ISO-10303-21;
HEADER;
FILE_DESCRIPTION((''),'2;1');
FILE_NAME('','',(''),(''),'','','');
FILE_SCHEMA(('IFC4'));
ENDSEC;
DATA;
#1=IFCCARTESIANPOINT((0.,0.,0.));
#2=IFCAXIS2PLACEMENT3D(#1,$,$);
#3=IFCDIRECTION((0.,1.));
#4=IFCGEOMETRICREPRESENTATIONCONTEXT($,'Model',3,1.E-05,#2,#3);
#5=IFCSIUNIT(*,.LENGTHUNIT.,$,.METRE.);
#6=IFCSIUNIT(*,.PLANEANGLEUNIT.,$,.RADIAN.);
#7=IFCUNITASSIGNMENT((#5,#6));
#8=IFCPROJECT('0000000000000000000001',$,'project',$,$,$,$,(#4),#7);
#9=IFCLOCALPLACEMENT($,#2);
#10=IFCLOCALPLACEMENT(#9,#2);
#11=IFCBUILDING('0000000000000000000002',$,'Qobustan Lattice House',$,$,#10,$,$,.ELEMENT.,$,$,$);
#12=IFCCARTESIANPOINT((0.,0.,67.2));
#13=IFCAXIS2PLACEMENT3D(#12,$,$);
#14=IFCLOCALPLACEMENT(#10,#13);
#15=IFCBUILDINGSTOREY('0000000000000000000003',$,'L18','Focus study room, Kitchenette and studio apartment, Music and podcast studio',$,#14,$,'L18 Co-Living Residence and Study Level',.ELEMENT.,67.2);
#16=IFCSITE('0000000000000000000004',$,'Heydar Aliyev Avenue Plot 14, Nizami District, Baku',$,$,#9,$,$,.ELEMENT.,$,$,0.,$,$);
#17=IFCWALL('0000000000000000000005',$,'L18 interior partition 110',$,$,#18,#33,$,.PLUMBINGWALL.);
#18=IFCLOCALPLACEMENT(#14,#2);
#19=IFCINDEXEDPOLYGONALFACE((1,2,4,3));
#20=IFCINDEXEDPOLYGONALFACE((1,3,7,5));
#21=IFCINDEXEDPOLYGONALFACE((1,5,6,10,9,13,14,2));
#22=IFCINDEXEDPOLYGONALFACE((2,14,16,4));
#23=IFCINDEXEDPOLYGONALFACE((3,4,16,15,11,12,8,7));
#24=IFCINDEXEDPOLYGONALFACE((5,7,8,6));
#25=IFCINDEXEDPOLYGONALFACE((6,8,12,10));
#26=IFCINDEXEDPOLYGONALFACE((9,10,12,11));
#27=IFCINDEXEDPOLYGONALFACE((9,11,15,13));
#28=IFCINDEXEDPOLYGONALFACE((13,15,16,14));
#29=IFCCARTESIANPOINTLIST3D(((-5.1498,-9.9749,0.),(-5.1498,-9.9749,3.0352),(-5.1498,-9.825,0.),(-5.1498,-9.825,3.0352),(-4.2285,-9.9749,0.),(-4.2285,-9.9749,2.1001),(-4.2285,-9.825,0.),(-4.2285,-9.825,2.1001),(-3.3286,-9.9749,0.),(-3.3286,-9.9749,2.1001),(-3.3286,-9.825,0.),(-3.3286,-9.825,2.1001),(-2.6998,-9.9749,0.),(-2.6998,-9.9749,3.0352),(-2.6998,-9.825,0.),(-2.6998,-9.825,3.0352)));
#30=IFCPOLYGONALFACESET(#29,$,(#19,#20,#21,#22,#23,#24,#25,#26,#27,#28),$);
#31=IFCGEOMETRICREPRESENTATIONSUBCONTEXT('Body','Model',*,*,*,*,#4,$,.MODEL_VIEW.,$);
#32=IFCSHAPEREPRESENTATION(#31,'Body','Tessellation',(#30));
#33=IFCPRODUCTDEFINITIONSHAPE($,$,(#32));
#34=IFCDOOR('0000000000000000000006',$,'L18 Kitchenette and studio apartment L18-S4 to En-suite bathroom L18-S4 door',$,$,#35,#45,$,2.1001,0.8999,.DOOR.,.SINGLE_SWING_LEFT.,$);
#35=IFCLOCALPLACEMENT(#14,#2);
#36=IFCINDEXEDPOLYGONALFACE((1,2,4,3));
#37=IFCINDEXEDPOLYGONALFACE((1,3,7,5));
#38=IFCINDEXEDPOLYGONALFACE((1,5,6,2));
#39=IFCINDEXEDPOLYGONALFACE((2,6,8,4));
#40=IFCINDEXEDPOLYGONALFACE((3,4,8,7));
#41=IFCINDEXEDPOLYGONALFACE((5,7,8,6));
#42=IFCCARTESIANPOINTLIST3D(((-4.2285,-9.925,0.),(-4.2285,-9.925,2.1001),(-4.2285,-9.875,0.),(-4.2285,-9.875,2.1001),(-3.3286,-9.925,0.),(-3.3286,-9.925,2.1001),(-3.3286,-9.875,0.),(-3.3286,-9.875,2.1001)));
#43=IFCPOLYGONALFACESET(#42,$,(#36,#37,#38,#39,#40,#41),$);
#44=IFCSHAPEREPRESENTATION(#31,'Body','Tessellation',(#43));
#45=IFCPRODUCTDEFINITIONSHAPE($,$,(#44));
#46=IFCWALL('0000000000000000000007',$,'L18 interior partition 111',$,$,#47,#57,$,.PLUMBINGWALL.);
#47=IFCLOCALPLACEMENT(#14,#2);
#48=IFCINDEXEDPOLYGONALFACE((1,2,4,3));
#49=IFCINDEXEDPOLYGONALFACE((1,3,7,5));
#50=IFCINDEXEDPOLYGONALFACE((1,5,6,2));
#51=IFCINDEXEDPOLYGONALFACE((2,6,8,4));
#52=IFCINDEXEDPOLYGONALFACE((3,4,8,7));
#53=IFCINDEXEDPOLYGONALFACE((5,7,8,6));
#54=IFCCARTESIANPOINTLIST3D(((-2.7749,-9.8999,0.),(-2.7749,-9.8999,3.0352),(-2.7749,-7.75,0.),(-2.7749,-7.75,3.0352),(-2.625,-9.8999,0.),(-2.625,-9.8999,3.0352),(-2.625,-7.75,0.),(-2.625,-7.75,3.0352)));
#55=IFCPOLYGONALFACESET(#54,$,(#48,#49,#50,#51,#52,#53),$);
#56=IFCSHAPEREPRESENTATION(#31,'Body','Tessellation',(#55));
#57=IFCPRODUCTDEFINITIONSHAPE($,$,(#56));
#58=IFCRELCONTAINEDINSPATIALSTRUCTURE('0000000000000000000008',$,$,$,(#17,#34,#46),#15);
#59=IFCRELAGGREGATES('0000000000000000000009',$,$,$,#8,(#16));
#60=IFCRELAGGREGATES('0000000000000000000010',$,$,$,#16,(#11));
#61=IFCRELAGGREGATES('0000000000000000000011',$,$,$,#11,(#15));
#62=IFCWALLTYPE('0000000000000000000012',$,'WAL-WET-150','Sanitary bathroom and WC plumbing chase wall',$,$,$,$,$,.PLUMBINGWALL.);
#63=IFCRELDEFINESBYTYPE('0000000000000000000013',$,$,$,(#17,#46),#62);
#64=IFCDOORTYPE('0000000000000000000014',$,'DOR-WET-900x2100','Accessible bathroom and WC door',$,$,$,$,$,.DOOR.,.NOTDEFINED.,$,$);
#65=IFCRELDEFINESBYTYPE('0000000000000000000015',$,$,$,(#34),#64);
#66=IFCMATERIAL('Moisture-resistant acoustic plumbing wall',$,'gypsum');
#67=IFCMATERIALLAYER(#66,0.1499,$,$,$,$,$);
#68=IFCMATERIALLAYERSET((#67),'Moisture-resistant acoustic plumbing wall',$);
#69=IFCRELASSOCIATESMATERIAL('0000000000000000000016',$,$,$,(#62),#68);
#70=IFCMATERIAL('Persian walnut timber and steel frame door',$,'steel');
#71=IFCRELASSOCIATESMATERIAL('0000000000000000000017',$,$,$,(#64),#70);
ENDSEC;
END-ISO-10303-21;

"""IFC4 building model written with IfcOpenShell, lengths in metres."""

from ifc_helpers import new_model, si_unit, direction, frame, frame_2d, origin, place, context, subcontext, project, spatial, rectangle, extrude, material, layer, layer_set, type_object, element, fill, save


model = new_model("IFC4")

# Units and contexts
model_context = context("Model", 3, precision=1e-05, world=origin(), true_north=direction((0.0, 1.0)))
body_context = subcontext(model_context, "Body", "Model", "MODEL_VIEW")
ifc_project = project(units=[si_unit("LENGTHUNIT", "METRE"), si_unit("PLANEANGLEUNIT", "RADIAN")], contexts=[model_context])

# Site, building, storey
site_placement = place(None, origin())
site = spatial("IfcSite", under=ifc_project, at=site_placement, Name="Heydar Aliyev Avenue Plot 14, Nizami District, Baku", CompositionType="ELEMENT", RefElevation=0.0)
building_placement = place(site_placement, origin())
building = spatial("IfcBuilding", under=site, at=building_placement, Name="Qobustan Lattice House", CompositionType="ELEMENT")
storey_placement = place(building_placement, frame((0.0, 0.0, 67.2)))
storey = spatial("IfcBuildingStorey", under=building, at=storey_placement, Name="L18", Description="Focus study room, Kitchenette and studio apartment, Music and podcast studio", LongName="L18 Co-Living Residence and Study Level", CompositionType="ELEMENT", Elevation=67.2)

# Shared definitions
ifc_material_1 = material(Name="Moisture-resistant acoustic plumbing wall", Category="gypsum")
ifc_layer_1 = layer(ifc_material_1, 0.1499)
ifc_layer_set_1 = layer_set([ifc_layer_1], Name="Moisture-resistant acoustic plumbing wall")
wall_type_1 = type_object("IfcWallType", Name="WAL-WET-150", Description="Sanitary bathroom and WC plumbing chase wall", PredefinedType="PLUMBINGWALL", material=ifc_layer_set_1)

# Shared definitions
ifc_material_2 = material(Name="Persian walnut timber and steel frame door", Category="steel")
door_type_1 = type_object("IfcDoorType", Name="DOR-WET-900x2100", Description="Accessible bathroom and WC door", OperationType="NOTDEFINED", PredefinedType="DOOR", material=ifc_material_2)

# Wall, opening, door
wall_1_placement = place(storey_placement, frame((-5.1499, -9.8999, 0.0), z_axis=(0.0, 0.0, 1.0), x_axis=(1.0, 0.0, 0.0)))
wall_1 = element("IfcWall", 1, at=wall_1_placement, inside=storey, type_object=wall_type_1, Name="L18 interior partition 110", PredefinedType="PLUMBINGWALL", context=body_context, shape_type="SweptSolid", body=[
    extrude(rectangle(XDim=2.45, YDim=0.1499, at=frame_2d((1.2251, 0.0))), origin(), (0.0, 0.0, 1.0), 3.0352),
])
opening_1_placement = place(wall_1_placement, frame((0.9214, 0.0, 0.0)))
opening_1 = element("IfcOpeningElement", 2, at=opening_1_placement, cuts=wall_1, PredefinedType="OPENING", context=body_context, shape_type="SweptSolid", body=[
    extrude(rectangle(XDim=0.8999, YDim=2.1001, at=frame_2d((0.45, 1.05))), frame((0.0, 0.085, 0.0), z_axis=(0.0, -1.0, 0.0), x_axis=(1.0, 0.0, 0.0)), (0.0, 0.0, 1.0), 0.1699),
])
door_1_placement = place(opening_1_placement, origin())
door_1 = element("IfcDoor", 3, at=door_1_placement, inside=storey, type_object=door_type_1, Name="L18 Kitchenette and studio apartment L18-S4 to En-suite bathroom L18-S4 door", OperationType="SINGLE_SWING_LEFT", OverallHeight=2.1001, OverallWidth=0.8999, PredefinedType="DOOR", context=body_context, shape_type="SweptSolid", body=[
    extrude(rectangle(XDim=0.8999, YDim=2.1001, at=frame_2d((0.45, 1.05))), frame((0.0, 0.0249, 0.0), z_axis=(0.0, -1.0, 0.0), x_axis=(1.0, 0.0, 0.0)), (0.0, 0.0, 1.0), 0.05),
])
fill(opening_1, door_1)

# Wall
wall_2_placement = place(storey_placement, frame((-2.7, -9.8999, 0.0), z_axis=(0.0, 0.0, 1.0), x_axis=(0.0, 1.0, 0.0)))
element("IfcWall", 4, at=wall_2_placement, inside=storey, type_object=wall_type_1, Name="L18 interior partition 111", PredefinedType="PLUMBINGWALL", context=body_context, shape_type="SweptSolid", body=[
    extrude(rectangle(XDim=2.1499, YDim=0.1499, at=frame_2d((1.075, 0.0))), origin(), (0.0, 0.0, 1.0), 3.0352),
])

save(model, "model.ifc")
